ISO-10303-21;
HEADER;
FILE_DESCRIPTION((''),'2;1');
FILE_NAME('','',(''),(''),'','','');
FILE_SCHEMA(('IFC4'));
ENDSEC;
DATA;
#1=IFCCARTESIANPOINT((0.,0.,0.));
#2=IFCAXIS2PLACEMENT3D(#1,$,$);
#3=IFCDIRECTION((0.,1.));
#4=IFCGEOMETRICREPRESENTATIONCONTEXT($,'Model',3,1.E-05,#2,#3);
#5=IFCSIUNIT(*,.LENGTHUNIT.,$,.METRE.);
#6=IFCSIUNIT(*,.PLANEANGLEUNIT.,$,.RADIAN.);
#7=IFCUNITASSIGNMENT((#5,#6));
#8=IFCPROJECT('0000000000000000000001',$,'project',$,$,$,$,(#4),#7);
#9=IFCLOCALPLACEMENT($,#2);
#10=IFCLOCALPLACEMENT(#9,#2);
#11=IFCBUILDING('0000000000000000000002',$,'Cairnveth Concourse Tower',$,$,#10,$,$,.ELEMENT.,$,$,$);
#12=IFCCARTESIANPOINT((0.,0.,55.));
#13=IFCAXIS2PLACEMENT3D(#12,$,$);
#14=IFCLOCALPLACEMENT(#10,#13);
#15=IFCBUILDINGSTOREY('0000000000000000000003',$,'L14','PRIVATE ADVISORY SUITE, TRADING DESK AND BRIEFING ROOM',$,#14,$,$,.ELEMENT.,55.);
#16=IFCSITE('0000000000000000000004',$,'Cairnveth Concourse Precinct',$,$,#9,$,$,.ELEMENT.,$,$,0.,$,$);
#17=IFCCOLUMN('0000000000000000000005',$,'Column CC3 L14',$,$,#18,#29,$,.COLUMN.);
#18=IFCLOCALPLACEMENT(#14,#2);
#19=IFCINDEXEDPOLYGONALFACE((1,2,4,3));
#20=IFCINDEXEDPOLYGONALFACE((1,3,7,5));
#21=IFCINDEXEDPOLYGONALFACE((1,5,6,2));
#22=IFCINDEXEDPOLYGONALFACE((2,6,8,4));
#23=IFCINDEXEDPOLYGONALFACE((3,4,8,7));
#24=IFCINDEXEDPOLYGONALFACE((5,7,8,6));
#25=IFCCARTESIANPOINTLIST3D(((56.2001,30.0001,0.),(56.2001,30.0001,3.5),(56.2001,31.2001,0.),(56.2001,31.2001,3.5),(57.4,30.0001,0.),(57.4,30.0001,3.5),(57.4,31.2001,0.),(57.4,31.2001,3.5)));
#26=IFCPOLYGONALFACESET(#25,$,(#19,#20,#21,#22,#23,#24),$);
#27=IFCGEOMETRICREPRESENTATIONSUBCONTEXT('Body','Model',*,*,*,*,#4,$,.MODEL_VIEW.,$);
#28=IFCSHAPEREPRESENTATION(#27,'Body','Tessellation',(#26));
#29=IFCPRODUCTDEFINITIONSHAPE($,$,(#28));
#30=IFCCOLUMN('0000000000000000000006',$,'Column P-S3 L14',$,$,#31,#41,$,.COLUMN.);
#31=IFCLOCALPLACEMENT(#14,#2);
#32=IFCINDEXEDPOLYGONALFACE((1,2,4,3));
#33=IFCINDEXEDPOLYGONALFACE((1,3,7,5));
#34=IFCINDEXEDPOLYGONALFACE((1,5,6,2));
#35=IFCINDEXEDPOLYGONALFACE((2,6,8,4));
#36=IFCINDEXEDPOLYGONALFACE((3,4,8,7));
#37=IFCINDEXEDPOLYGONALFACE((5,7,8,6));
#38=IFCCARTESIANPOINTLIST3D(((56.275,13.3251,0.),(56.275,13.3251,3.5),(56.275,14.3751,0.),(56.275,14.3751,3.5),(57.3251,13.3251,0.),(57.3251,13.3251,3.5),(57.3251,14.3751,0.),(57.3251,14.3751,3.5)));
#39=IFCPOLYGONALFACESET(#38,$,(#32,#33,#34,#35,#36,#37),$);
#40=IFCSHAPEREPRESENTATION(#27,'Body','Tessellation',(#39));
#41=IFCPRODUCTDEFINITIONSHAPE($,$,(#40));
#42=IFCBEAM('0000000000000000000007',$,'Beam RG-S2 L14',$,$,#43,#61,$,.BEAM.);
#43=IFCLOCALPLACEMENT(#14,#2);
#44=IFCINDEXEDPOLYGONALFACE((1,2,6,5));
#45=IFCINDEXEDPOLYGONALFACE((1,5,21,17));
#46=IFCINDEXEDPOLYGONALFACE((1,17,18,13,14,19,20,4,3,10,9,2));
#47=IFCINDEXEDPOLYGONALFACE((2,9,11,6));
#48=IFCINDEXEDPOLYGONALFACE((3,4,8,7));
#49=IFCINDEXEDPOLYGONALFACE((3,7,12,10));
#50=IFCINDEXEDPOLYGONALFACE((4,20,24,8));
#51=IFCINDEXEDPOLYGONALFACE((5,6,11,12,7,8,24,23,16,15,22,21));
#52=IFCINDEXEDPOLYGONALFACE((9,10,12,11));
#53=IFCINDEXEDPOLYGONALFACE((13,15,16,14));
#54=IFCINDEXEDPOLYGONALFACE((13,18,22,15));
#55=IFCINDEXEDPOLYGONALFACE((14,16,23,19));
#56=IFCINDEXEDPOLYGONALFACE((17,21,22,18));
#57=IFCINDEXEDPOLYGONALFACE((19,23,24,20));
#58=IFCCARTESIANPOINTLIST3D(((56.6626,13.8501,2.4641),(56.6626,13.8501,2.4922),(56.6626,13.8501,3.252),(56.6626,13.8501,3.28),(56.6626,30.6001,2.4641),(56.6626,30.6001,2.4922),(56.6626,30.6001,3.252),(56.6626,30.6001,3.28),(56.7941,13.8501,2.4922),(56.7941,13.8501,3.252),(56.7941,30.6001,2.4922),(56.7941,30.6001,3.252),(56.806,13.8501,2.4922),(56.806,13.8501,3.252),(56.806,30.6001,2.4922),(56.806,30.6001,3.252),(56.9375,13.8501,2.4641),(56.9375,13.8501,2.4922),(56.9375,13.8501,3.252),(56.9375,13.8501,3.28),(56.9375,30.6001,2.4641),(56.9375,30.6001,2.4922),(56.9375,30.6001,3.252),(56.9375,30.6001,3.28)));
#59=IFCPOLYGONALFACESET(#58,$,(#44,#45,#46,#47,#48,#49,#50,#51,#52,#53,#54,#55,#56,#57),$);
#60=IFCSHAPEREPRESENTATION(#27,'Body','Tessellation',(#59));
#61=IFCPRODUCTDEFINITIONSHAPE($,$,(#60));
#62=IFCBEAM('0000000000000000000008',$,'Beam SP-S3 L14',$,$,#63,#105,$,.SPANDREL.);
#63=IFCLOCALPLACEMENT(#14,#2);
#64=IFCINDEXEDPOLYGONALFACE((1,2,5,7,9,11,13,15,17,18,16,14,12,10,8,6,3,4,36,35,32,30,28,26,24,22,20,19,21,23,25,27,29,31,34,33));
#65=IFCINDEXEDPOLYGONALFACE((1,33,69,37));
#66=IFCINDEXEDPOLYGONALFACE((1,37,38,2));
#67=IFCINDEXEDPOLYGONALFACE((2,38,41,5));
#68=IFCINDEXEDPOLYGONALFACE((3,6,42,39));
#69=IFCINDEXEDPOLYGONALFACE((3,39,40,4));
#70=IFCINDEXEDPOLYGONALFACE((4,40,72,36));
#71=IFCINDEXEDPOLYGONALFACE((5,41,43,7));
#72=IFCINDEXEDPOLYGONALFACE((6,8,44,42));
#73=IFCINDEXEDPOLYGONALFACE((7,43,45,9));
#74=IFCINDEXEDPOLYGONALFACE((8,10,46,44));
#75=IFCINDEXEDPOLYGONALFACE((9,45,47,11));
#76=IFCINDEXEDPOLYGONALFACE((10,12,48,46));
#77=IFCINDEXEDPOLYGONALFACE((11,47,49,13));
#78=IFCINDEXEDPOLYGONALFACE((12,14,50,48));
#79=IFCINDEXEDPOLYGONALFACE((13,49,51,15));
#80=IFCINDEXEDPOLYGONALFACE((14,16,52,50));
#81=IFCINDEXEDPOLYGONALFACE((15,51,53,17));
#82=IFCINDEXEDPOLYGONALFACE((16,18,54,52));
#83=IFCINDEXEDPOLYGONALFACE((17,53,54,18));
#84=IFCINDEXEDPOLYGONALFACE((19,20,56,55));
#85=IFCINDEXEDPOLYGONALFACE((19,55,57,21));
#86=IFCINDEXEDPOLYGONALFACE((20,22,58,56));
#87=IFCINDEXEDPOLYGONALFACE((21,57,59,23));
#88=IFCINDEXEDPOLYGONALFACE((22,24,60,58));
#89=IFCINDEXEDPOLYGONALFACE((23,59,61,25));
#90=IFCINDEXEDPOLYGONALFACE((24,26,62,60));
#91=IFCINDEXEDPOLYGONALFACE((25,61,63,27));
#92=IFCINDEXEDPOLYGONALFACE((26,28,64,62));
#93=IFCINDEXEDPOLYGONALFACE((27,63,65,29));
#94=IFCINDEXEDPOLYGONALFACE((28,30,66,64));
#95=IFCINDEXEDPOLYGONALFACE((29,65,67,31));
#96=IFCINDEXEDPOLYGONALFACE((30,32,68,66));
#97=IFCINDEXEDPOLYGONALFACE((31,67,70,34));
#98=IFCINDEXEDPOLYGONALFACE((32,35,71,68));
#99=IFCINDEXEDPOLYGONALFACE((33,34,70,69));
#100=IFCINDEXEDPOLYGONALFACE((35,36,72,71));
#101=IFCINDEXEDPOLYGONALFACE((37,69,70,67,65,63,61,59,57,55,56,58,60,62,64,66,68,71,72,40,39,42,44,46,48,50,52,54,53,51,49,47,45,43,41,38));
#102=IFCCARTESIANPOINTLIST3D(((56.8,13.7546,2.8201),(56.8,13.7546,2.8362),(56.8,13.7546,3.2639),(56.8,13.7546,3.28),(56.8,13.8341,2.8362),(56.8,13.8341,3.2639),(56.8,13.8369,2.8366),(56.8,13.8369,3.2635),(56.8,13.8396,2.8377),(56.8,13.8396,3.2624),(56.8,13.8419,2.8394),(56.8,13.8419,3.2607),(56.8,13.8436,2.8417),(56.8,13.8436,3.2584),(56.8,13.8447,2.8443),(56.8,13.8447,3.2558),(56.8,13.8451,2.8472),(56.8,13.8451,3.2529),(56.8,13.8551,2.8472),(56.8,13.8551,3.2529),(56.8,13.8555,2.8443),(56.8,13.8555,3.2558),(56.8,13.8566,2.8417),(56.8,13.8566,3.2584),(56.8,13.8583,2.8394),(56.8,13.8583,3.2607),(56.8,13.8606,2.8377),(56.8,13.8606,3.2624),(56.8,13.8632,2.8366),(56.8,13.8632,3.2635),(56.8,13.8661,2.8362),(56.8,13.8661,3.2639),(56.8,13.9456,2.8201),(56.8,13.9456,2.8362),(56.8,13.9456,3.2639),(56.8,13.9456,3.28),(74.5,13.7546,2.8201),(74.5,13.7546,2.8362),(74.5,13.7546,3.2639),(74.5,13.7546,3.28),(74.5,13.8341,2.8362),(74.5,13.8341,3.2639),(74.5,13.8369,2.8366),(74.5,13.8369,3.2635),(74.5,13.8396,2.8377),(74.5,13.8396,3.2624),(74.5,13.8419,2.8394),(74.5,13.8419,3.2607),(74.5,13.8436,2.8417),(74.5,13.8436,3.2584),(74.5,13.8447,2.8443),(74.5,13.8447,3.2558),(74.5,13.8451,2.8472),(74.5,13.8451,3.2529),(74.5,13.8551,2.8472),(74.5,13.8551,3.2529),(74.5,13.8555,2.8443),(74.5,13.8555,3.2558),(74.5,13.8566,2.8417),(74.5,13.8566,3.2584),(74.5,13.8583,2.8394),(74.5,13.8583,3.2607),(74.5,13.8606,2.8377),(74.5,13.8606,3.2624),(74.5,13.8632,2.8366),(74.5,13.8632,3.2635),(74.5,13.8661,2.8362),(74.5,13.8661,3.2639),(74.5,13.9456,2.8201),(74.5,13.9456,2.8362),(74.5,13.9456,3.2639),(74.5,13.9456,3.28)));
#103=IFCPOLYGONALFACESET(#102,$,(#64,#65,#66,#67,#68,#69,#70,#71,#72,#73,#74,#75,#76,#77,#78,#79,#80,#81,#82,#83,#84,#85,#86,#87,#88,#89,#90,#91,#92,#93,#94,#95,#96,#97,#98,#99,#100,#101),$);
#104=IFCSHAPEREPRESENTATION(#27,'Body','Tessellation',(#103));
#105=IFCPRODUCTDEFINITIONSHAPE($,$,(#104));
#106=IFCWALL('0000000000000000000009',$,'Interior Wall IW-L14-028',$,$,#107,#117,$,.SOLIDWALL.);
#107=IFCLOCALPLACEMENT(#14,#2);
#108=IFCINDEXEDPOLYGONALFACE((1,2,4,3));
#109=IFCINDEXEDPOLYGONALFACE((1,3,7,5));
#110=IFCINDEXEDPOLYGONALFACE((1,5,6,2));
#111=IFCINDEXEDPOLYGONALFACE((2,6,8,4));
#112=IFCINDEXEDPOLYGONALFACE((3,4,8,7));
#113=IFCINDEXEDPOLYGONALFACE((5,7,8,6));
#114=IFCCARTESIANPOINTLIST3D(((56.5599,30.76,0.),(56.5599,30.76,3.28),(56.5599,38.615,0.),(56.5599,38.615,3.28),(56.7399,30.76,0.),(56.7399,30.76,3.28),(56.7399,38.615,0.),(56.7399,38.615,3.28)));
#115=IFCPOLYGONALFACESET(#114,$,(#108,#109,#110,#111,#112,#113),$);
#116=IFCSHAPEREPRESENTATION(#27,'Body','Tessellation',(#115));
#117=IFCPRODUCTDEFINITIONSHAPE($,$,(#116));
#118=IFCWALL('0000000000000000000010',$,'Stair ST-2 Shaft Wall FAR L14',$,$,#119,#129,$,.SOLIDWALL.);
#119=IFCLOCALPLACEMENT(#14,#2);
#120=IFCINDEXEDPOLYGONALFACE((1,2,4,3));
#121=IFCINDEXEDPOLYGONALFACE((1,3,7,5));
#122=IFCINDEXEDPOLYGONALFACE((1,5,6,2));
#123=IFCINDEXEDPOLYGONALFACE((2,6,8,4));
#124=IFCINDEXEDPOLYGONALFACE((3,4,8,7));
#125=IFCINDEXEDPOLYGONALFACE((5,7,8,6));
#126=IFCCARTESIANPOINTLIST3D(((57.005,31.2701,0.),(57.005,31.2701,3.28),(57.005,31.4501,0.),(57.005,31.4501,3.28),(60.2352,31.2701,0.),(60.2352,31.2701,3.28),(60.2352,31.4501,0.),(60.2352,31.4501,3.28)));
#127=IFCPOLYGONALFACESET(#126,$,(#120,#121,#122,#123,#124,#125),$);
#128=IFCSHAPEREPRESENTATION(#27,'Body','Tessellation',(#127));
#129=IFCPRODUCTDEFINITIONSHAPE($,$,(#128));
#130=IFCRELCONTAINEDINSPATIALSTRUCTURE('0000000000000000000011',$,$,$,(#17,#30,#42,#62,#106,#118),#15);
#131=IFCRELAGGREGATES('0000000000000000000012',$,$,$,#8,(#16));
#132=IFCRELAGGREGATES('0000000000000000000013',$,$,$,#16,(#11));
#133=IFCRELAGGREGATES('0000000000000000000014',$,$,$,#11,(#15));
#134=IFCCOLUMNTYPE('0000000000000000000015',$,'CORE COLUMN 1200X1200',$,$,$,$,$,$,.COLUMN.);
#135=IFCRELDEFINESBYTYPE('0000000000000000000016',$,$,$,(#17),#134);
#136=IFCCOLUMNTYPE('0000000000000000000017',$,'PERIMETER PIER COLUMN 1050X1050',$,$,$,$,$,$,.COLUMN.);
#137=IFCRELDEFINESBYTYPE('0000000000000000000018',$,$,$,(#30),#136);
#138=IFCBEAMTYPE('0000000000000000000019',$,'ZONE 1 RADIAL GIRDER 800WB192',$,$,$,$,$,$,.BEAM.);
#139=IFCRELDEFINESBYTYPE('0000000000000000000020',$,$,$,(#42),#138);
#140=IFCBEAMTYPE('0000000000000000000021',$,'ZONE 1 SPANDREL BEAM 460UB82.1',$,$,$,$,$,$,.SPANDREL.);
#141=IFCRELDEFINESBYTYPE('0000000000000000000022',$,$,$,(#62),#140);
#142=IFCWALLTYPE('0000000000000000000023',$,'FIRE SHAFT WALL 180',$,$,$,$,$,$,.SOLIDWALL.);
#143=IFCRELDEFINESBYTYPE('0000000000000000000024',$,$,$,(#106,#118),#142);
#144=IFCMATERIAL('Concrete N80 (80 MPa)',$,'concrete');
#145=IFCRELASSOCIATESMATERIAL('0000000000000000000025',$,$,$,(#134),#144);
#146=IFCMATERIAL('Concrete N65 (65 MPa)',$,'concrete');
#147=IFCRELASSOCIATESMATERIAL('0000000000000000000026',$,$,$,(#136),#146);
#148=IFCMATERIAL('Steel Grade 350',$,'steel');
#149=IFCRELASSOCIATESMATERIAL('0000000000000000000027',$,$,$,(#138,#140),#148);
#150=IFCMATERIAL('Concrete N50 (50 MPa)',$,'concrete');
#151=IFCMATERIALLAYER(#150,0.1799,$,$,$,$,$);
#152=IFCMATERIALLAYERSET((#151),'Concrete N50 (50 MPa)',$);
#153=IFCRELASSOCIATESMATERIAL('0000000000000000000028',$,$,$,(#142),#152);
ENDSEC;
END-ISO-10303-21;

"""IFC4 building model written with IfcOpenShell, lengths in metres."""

from ifc_helpers import new_model, si_unit, direction, frame, frame_2d, origin, origin_2d, place, context, subcontext, project, spatial, rectangle, i_section, extrude, material, layer, layer_set, material_profile, profile_set, type_object, element, save


model = new_model("IFC4")

# Units and contexts
model_context = context("Model", 3, precision=1e-05, world=origin(), true_north=direction((0.0, 1.0)))
body_context = subcontext(model_context, "Body", "Model", "MODEL_VIEW")
ifc_project = project(units=[si_unit("LENGTHUNIT", "METRE"), si_unit("PLANEANGLEUNIT", "RADIAN")], contexts=[model_context])

# Site, building, storey
site_placement = place(None, origin())
site = spatial("IfcSite", under=ifc_project, at=site_placement, Name="Cairnveth Concourse Precinct", CompositionType="ELEMENT", RefElevation=0.0)
building_placement = place(site_placement, origin())
building = spatial("IfcBuilding", under=site, at=building_placement, Name="Cairnveth Concourse Tower", CompositionType="ELEMENT")
storey_placement = place(building_placement, frame((0.0, 0.0, 55.0)))
storey = spatial("IfcBuildingStorey", under=building, at=storey_placement, Name="L14", Description="PRIVATE ADVISORY SUITE, TRADING DESK AND BRIEFING ROOM", CompositionType="ELEMENT", Elevation=55.0)

# Columns
ifc_material_1 = material(Name="Concrete N80 (80 MPa)", Category="concrete")
ifc_material_profile_1 = material_profile(ifc_material_1, rectangle(XDim=1.2, YDim=1.2, at=origin_2d()), Name="RC-COL-1200x1200")
ifc_profile_set_1 = profile_set([ifc_material_profile_1], Name="Concrete N80 (80 MPa)")
column_type_1 = type_object("IfcColumnType", Name="CORE COLUMN 1200X1200", PredefinedType="COLUMN", material=ifc_profile_set_1)
column_1_placement = place(storey_placement, frame((56.8, 30.6001, 0.0), z_axis=(0.0, 0.0, 1.0), x_axis=(1.0, 0.0, 0.0)))
element("IfcColumn", 1, at=column_1_placement, inside=storey, type_object=column_type_1, Name="Column CC3 L14", PredefinedType="COLUMN", context=body_context, shape_type="SweptSolid", body=[
    extrude(rectangle(XDim=1.2, YDim=1.2, at=origin_2d()), origin(), (0.0, 0.0, 1.0), 3.5),
])
ifc_material_2 = material(Name="Concrete N65 (65 MPa)", Category="concrete")
ifc_material_profile_2 = material_profile(ifc_material_2, rectangle(XDim=1.05, YDim=1.05, at=origin_2d()), Name="RC-COL-1050x1050")
ifc_profile_set_2 = profile_set([ifc_material_profile_2], Name="Concrete N65 (65 MPa)")
column_type_2 = type_object("IfcColumnType", Name="PERIMETER PIER COLUMN 1050X1050", PredefinedType="COLUMN", material=ifc_profile_set_2)
column_2_placement = place(storey_placement, frame((56.8, 13.8501, 0.0), z_axis=(0.0, 0.0, 1.0), x_axis=(1.0, 0.0, 0.0)))
element("IfcColumn", 2, at=column_2_placement, inside=storey, type_object=column_type_2, Name="Column P-S3 L14", PredefinedType="COLUMN", context=body_context, shape_type="SweptSolid", body=[
    extrude(rectangle(XDim=1.05, YDim=1.05, at=origin_2d()), origin(), (0.0, 0.0, 1.0), 3.5),
])

# Beams
ifc_material_3 = material(Name="Steel Grade 350", Category="steel")
ifc_material_profile_3 = material_profile(ifc_material_3, i_section(OverallWidth=0.2749, OverallDepth=0.8159, WebThickness=0.012, FlangeThickness=0.0281, at=origin_2d()), Name="800WB192")
ifc_profile_set_3 = profile_set([ifc_material_profile_3], Name="Steel Grade 350")
beam_type_1 = type_object("IfcBeamType", Name="ZONE 1 RADIAL GIRDER 800WB192", PredefinedType="BEAM", material=ifc_profile_set_3)
beam_1_placement = place(storey_placement, frame((56.8, 13.8501, 2.8721), z_axis=(0.0, 1.0, 0.0), x_axis=(-1.0, 0.0, 0.0)))
element("IfcBeam", 3, at=beam_1_placement, inside=storey, type_object=beam_type_1, Name="Beam RG-S2 L14", PredefinedType="BEAM", context=body_context, shape_type="SweptSolid", body=[
    extrude(i_section(OverallWidth=0.2749, OverallDepth=0.8159, WebThickness=0.012, FlangeThickness=0.0281, at=origin_2d()), origin(), (0.0, 0.0, 1.0), 16.75),
])
ifc_material_profile_4 = material_profile(ifc_material_3, i_section(OverallWidth=0.1909, OverallDepth=0.46, WebThickness=0.01, FlangeThickness=0.0161, FilletRadius=0.011, at=origin_2d()), Name="460UB82.1")
ifc_profile_set_4 = profile_set([ifc_material_profile_4], Name="Steel Grade 350")
beam_type_2 = type_object("IfcBeamType", Name="ZONE 1 SPANDREL BEAM 460UB82.1", PredefinedType="SPANDREL", material=ifc_profile_set_4)
beam_2_placement = place(storey_placement, frame((56.8, 13.8501, 3.05), z_axis=(1.0, 0.0, 0.0), x_axis=(0.0, 1.0, 0.0)))
element("IfcBeam", 4, at=beam_2_placement, inside=storey, type_object=beam_type_2, Name="Beam SP-S3 L14", PredefinedType="SPANDREL", context=body_context, shape_type="SweptSolid", body=[
    extrude(i_section(OverallWidth=0.1909, OverallDepth=0.46, WebThickness=0.01, FlangeThickness=0.0161, FilletRadius=0.011, at=origin_2d()), origin(), (0.0, 0.0, 1.0), 17.7),
])

# Walls
ifc_material_4 = material(Name="Concrete N50 (50 MPa)", Category="concrete")
ifc_layer_1 = layer(ifc_material_4, 0.1799)
ifc_layer_set_1 = layer_set([ifc_layer_1], Name="Concrete N50 (50 MPa)")
wall_type_1 = type_object("IfcWallType", Name="FIRE SHAFT WALL 180", PredefinedType="SOLIDWALL", material=ifc_layer_set_1)
wall_1_placement = place(storey_placement, frame((56.6499, 30.76, 0.0), z_axis=(0.0, 0.0, 1.0), x_axis=(0.0, 1.0, 0.0)))
element("IfcWall", 5, at=wall_1_placement, inside=storey, type_object=wall_type_1, Name="Interior Wall IW-L14-028", PredefinedType="SOLIDWALL", context=body_context, shape_type="SweptSolid", body=[
    extrude(rectangle(XDim=7.855, YDim=0.1799, at=frame_2d((3.9275, 0.0))), origin(), (0.0, 0.0, 1.0), 3.28),
])
wall_2_placement = place(storey_placement, frame((57.0049, 31.3601, 0.0), z_axis=(0.0, 0.0, 1.0), x_axis=(1.0, 0.0, 0.0)))
element("IfcWall", 6, at=wall_2_placement, inside=storey, type_object=wall_type_1, Name="Stair ST-2 Shaft Wall FAR L14", PredefinedType="SOLIDWALL", context=body_context, shape_type="SweptSolid", body=[
    extrude(rectangle(XDim=3.2302, YDim=0.1799, at=frame_2d((1.6152, 0.0))), origin(), (0.0, 0.0, 1.0), 3.28),
])

save(model, "model.ifc")
